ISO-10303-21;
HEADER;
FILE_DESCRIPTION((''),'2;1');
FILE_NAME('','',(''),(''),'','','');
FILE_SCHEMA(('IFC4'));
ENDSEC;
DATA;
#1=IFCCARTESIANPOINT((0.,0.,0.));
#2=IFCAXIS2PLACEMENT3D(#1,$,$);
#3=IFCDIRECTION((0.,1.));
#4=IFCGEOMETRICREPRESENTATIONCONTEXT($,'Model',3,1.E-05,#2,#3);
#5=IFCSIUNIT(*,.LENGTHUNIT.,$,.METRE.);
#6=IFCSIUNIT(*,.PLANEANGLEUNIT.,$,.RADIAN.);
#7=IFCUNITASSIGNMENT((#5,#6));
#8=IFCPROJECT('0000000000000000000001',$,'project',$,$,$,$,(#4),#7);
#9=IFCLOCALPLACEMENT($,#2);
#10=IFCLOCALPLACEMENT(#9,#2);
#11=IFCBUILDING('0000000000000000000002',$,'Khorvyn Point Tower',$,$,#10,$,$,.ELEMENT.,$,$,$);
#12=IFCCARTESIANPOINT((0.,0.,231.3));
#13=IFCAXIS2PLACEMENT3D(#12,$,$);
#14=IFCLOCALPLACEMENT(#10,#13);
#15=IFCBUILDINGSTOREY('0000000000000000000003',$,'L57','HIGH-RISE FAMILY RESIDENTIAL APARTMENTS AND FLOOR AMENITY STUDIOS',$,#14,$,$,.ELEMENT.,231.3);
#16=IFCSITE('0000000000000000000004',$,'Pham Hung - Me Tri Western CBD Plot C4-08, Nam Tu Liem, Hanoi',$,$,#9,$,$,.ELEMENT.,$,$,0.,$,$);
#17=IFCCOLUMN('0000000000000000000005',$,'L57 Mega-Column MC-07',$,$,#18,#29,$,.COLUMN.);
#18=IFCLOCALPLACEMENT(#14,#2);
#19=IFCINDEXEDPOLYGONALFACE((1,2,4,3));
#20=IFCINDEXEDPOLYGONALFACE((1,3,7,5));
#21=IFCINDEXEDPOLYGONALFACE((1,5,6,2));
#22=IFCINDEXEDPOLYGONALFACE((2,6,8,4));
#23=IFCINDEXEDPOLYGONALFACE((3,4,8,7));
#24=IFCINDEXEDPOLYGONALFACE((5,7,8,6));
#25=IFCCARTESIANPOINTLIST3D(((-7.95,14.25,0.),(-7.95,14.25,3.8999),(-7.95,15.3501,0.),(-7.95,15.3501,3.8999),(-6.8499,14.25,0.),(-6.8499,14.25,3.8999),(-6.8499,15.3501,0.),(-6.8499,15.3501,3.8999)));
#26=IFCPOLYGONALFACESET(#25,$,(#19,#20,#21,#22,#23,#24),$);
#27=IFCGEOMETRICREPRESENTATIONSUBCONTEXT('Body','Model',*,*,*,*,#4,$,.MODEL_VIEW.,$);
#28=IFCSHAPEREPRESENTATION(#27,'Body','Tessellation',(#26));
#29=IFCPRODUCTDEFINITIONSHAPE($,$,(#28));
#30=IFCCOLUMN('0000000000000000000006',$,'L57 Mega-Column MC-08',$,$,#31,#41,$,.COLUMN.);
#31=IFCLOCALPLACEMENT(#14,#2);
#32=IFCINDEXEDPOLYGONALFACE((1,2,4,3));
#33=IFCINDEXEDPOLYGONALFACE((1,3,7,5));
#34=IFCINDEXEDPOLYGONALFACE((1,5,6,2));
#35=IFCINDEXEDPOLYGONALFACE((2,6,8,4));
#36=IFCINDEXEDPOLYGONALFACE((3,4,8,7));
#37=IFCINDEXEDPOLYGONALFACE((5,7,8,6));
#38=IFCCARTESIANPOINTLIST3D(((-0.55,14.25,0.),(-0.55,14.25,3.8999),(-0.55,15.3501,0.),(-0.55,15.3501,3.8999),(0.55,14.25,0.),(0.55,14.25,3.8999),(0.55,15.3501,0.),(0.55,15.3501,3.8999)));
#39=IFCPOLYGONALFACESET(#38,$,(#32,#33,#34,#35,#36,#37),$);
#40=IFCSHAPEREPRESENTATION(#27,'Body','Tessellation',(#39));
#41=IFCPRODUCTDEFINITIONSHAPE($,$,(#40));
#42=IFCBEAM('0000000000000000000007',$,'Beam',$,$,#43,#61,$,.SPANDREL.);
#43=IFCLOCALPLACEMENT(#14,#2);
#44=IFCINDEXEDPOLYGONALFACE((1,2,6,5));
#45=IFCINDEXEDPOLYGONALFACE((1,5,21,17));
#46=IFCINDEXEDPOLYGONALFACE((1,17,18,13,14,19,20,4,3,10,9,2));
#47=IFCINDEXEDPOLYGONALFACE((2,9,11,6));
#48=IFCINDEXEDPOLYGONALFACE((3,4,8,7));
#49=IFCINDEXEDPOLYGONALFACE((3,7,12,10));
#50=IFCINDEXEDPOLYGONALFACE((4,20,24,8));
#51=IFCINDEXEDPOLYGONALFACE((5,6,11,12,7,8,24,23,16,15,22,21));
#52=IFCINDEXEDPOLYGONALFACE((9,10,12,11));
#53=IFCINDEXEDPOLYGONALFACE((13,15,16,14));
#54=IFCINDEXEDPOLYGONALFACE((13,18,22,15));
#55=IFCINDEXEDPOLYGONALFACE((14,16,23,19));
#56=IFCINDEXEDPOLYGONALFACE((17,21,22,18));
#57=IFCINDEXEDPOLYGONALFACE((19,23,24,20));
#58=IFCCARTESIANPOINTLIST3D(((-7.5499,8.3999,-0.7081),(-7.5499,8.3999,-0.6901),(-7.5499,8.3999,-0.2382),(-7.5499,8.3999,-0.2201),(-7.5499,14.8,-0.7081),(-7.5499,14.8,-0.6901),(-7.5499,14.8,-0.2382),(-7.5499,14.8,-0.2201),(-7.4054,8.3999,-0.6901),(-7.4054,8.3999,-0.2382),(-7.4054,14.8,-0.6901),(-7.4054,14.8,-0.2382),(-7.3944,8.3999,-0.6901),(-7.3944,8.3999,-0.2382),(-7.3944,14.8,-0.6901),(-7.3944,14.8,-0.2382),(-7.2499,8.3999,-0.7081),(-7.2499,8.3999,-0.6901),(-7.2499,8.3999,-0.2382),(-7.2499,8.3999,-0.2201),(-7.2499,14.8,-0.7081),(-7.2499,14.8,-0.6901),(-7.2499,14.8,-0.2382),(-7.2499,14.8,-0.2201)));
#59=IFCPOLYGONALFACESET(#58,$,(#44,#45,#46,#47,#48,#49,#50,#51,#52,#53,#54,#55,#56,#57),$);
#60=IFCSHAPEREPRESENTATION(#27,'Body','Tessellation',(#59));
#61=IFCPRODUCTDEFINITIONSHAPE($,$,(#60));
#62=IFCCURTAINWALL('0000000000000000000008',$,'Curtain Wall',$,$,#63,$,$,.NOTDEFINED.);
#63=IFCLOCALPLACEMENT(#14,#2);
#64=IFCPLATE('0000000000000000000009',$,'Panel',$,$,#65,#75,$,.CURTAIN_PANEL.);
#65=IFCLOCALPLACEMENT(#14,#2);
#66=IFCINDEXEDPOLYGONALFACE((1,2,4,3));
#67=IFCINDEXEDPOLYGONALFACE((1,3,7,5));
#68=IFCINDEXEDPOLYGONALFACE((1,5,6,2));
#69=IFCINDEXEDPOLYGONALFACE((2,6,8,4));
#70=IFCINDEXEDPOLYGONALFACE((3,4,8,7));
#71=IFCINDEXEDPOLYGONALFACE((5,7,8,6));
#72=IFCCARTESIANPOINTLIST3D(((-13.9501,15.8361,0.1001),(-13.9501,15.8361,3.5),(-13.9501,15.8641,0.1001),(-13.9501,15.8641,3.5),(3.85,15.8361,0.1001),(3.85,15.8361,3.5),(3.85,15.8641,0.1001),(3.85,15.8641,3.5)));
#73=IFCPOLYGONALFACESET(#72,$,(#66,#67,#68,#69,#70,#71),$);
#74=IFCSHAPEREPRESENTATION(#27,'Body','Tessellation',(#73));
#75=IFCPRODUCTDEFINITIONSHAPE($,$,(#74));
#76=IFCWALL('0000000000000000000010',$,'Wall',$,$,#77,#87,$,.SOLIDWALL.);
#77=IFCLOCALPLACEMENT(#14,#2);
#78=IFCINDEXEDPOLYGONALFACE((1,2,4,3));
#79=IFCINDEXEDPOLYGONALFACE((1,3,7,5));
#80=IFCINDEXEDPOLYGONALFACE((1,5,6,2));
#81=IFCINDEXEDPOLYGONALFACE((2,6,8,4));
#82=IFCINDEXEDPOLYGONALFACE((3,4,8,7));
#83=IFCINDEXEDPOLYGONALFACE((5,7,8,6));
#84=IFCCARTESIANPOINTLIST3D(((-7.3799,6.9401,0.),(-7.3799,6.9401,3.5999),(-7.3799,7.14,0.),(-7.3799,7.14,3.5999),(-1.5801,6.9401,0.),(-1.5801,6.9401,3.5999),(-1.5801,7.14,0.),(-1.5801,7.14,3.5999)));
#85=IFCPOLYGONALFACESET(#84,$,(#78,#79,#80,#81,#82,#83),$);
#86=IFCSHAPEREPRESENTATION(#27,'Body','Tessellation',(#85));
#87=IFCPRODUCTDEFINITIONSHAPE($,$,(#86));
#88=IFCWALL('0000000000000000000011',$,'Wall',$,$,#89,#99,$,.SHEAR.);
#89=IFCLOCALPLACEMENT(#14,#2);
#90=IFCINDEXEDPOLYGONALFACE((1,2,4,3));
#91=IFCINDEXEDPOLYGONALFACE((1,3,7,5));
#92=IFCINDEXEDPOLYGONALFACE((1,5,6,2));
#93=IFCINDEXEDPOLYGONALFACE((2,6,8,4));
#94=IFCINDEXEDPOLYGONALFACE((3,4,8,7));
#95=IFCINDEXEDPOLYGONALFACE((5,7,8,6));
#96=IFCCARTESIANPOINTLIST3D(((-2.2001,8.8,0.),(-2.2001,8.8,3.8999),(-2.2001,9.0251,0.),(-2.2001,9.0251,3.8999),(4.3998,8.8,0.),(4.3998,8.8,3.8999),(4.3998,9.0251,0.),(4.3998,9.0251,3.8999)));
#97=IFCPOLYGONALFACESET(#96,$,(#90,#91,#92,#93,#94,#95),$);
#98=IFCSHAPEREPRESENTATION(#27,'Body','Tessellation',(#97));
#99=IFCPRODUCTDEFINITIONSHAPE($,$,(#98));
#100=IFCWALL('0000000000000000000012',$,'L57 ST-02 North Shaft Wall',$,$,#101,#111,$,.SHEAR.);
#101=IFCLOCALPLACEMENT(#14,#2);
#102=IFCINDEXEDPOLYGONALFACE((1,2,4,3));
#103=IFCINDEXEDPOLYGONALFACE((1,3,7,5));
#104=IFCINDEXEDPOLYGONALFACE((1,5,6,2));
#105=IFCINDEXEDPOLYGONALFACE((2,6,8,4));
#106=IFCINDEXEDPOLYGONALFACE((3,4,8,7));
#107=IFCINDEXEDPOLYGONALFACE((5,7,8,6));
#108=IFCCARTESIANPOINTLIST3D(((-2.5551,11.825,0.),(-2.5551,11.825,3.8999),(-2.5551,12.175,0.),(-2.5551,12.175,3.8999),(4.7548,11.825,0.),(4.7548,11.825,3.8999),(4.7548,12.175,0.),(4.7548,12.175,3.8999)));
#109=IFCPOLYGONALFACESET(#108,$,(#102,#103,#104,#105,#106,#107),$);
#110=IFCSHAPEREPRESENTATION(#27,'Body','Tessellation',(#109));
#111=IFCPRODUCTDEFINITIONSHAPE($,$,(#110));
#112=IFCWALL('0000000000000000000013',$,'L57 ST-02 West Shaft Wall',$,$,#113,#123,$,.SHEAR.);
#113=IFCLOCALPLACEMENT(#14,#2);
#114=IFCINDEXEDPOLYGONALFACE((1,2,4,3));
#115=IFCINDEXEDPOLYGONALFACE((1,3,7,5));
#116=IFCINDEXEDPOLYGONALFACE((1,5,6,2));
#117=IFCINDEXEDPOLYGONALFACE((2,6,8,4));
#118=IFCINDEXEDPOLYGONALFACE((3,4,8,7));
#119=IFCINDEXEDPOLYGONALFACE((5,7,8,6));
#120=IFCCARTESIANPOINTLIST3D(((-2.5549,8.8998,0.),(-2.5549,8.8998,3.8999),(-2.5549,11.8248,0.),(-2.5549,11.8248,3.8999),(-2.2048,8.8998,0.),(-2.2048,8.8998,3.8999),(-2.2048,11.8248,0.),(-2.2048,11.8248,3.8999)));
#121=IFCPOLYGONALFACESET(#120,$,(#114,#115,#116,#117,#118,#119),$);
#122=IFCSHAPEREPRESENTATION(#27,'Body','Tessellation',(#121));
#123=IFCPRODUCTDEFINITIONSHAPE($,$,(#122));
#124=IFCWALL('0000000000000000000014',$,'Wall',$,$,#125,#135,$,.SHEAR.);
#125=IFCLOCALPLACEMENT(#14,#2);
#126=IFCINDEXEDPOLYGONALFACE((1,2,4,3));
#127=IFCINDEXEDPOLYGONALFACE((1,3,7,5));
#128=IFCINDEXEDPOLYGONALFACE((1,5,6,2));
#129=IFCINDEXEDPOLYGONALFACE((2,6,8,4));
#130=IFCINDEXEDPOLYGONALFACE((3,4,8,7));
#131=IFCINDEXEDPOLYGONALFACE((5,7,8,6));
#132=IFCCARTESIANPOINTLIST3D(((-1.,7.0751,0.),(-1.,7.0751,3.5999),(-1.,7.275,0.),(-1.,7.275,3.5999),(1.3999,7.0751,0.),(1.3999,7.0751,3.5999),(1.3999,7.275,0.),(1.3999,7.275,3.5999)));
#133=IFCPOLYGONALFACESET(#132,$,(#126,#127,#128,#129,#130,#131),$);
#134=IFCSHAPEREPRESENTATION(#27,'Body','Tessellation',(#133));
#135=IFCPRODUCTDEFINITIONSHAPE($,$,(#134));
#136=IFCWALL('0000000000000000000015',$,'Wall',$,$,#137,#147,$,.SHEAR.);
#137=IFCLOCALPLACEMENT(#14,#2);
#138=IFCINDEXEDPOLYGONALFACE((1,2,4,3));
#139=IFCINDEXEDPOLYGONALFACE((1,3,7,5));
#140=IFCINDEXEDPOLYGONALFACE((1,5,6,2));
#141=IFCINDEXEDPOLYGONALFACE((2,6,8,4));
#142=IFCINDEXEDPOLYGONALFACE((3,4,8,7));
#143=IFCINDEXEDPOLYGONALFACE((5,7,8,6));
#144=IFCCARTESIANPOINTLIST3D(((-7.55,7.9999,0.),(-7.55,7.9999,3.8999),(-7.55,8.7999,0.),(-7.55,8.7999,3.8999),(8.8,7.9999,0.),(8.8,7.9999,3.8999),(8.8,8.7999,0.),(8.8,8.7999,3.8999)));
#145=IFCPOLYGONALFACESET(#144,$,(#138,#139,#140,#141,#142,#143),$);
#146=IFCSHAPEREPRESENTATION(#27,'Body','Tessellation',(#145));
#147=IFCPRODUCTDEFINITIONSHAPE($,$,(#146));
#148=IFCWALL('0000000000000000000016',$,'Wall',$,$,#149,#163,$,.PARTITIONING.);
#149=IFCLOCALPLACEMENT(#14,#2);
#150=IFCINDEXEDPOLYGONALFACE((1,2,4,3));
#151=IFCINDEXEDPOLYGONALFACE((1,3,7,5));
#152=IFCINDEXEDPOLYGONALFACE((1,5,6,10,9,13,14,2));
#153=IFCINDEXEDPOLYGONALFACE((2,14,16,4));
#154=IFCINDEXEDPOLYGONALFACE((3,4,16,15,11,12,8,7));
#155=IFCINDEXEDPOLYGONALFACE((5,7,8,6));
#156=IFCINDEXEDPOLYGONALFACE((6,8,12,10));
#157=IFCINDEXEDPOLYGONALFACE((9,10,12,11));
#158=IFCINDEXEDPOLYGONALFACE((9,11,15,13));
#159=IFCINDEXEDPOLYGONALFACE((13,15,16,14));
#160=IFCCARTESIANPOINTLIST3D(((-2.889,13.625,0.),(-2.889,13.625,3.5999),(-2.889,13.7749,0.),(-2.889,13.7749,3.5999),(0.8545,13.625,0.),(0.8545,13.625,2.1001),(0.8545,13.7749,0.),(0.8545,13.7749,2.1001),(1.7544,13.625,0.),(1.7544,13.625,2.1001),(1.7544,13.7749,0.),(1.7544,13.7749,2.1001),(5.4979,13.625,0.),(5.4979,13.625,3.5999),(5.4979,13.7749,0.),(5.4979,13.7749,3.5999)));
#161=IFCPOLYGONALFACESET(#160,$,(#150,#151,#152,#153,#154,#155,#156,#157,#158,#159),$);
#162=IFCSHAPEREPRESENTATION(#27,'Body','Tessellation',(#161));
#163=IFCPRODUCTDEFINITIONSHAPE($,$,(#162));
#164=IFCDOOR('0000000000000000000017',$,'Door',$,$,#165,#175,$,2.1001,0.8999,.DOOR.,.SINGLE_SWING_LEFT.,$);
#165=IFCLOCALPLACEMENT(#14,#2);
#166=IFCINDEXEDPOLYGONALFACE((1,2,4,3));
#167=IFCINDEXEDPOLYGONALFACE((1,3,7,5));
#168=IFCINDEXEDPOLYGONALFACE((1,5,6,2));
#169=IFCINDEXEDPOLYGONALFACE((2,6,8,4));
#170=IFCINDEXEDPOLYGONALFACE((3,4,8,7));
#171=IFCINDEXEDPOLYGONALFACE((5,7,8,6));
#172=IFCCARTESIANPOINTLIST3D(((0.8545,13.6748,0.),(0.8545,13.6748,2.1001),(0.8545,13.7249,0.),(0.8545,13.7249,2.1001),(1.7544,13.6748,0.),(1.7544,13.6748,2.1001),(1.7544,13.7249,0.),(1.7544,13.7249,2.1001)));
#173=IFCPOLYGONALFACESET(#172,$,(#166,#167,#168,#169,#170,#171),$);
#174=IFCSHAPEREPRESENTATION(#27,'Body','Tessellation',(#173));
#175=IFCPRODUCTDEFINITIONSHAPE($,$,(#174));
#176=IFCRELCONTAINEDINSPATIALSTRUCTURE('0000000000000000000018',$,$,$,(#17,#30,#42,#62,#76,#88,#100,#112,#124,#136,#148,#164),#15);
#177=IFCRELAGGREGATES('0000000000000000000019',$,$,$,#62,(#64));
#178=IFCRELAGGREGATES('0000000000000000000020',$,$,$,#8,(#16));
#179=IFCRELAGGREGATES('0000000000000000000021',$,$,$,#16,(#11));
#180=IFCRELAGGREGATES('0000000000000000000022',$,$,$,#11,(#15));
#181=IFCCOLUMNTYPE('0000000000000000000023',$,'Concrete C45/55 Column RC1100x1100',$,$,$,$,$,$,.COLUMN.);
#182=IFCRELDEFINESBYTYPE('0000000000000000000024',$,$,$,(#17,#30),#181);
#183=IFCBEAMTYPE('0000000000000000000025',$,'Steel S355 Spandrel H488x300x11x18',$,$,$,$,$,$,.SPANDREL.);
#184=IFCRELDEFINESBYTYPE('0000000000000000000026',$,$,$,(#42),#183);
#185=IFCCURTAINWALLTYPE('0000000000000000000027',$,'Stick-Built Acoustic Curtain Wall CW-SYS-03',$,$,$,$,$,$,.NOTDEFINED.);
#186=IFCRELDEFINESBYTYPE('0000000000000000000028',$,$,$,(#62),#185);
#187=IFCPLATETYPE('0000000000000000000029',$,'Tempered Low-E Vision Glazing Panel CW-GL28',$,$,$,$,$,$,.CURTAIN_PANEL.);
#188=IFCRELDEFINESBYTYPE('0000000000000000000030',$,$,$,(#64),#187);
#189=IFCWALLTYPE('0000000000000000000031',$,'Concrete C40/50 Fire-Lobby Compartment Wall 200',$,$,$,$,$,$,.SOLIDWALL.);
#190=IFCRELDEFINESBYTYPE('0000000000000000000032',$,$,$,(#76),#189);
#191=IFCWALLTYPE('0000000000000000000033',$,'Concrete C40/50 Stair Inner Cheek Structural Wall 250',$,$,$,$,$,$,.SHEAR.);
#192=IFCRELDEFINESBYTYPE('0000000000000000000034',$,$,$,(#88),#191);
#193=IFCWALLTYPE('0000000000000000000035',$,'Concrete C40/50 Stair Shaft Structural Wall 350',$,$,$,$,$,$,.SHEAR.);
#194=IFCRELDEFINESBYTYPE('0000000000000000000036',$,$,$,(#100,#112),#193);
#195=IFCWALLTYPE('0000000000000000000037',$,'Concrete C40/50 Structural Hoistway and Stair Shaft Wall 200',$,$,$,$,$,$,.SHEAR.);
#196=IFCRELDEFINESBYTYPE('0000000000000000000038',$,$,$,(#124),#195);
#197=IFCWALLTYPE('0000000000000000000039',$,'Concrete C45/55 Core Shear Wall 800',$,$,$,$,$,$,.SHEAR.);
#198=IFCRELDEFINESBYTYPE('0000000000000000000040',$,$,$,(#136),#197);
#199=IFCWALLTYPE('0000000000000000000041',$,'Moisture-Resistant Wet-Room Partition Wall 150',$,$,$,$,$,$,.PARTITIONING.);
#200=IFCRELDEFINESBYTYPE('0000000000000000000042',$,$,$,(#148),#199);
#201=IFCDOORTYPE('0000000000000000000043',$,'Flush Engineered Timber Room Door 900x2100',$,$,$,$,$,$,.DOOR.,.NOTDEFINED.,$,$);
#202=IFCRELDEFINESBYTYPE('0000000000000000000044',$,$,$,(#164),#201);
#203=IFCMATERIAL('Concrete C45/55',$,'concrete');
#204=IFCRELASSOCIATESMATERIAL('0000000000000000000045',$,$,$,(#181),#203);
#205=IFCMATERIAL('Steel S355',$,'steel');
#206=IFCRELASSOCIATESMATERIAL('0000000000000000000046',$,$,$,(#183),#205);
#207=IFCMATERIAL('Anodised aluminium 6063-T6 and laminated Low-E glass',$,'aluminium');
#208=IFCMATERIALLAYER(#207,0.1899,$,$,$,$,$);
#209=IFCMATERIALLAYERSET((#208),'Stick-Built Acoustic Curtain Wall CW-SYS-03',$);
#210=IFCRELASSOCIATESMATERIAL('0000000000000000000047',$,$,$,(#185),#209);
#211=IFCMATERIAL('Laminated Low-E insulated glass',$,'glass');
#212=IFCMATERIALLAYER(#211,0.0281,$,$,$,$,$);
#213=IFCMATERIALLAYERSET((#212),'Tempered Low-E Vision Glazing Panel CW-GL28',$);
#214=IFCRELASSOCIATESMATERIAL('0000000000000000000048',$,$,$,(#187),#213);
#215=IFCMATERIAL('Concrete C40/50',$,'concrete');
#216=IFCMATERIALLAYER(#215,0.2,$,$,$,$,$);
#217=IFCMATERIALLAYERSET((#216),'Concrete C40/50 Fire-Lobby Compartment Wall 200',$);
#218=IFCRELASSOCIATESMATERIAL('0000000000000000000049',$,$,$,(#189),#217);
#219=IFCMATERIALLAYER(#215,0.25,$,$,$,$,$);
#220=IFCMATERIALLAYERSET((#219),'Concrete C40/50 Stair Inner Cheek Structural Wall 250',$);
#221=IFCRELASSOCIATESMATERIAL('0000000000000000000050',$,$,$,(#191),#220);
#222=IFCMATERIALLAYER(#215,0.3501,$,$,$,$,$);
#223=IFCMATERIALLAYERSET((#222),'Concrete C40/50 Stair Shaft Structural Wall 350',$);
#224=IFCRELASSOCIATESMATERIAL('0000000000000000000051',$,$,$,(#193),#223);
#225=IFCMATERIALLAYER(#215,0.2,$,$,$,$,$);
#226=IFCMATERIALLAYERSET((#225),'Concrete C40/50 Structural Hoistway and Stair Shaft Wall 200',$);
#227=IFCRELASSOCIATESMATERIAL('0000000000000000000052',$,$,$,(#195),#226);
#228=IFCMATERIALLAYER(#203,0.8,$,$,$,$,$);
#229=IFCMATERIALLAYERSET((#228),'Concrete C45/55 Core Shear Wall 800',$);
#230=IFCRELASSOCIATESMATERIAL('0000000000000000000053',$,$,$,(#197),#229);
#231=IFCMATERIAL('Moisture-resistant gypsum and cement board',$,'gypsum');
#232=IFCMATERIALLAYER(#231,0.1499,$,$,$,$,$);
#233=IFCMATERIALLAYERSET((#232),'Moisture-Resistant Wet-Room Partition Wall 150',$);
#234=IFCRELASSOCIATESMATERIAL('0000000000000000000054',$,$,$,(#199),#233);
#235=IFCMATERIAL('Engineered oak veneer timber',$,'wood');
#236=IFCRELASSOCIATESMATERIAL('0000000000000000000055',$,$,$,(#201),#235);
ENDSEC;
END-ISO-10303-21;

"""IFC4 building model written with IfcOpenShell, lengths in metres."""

from ifc_helpers import new_model, si_unit, direction, frame, frame_2d, origin, origin_2d, place, context, subcontext, project, spatial, rectangle, i_section, extrude, material, layer, layer_set, material_profile, profile_set, type_object, element, fill, aggregate, save


model = new_model("IFC4")

# Units and contexts
model_context = context("Model", 3, precision=1e-05, world=origin(), true_north=direction((0.0, 1.0)))
body_context = subcontext(model_context, "Body", "Model", "MODEL_VIEW")
ifc_project = project(units=[si_unit("LENGTHUNIT", "METRE"), si_unit("PLANEANGLEUNIT", "RADIAN")], contexts=[model_context])

# Site, building, storey
site_placement = place(None, origin())
site = spatial("IfcSite", under=ifc_project, at=site_placement, Name="Pham Hung - Me Tri Western CBD Plot C4-08, Nam Tu Liem, Hanoi", CompositionType="ELEMENT", RefElevation=0.0)
building_placement = place(site_placement, origin())
building = spatial("IfcBuilding", under=site, at=building_placement, Name="Khorvyn Point Tower", CompositionType="ELEMENT")
storey_placement = place(building_placement, frame((0.0, 0.0, 231.3)))
storey = spatial("IfcBuildingStorey", under=building, at=storey_placement, Name="L57", Description="HIGH-RISE FAMILY RESIDENTIAL APARTMENTS AND FLOOR AMENITY STUDIOS", CompositionType="ELEMENT", Elevation=231.3)

# Columns
ifc_material_1 = material(Name="Concrete C45/55", Category="concrete")
ifc_material_profile_1 = material_profile(ifc_material_1, rectangle(XDim=1.1001, YDim=1.1001, at=origin_2d()))
ifc_profile_set_1 = profile_set([ifc_material_profile_1], Name="Concrete C45/55 RC1100x1100")
column_type = type_object("IfcColumnType", Name="Concrete C45/55 Column RC1100x1100", PredefinedType="COLUMN", material=ifc_profile_set_1)
for number, where, z_axis, x_axis, name in (
    (1, (-7.3999, 14.8, 0.0), (0.0, 0.0, 1.0), (1.0, 0.0, 0.0), "L57 Mega-Column MC-07"),
    (2, (0.0, 14.8, 0.0), (0.0, 0.0, 1.0), (1.0, 0.0, 0.0), "L57 Mega-Column MC-08"),
):
    element("IfcColumn", number, at=place(storey_placement, frame(where, z_axis=z_axis, x_axis=x_axis)), inside=storey, type_object=column_type, Name=name, PredefinedType="COLUMN", context=body_context, shape_type="SweptSolid", body=[
        extrude(rectangle(XDim=1.1001, YDim=1.1001, at=origin_2d()), origin(), (0.0, 0.0, 1.0), 3.8999),
    ])

# Beam
ifc_material_2 = material(Name="Steel S355", Category="steel")
ifc_material_profile_2 = material_profile(ifc_material_2, i_section(OverallWidth=0.3, OverallDepth=0.488, WebThickness=0.011, FlangeThickness=0.0181, at=origin_2d()))
ifc_profile_set_2 = profile_set([ifc_material_profile_2], Name="Steel S355 H488x300x11x18")
beam_type = type_object("IfcBeamType", Name="Steel S355 Spandrel H488x300x11x18", PredefinedType="SPANDREL", material=ifc_profile_set_2)
beam_placement = place(storey_placement, frame((-7.3999, 8.3999, -0.4641), z_axis=(0.0, 1.0, 0.0), x_axis=(-1.0, 0.0, 0.0)))
element("IfcBeam", 3, at=beam_placement, inside=storey, type_object=beam_type, Name="Beam", PredefinedType="SPANDREL", context=body_context, shape_type="SweptSolid", body=[
    extrude(i_section(OverallWidth=0.3, OverallDepth=0.488, WebThickness=0.011, FlangeThickness=0.0181, at=origin_2d()), origin(), (0.0, 0.0, 1.0), 6.4001),
])

# Curtain wall, plate
ifc_material_3 = material(Name="Anodised aluminium 6063-T6 and laminated Low-E glass", Category="aluminium")
ifc_layer_1 = layer(ifc_material_3, 0.1899)
ifc_layer_set_1 = layer_set([ifc_layer_1], Name="Stick-Built Acoustic Curtain Wall CW-SYS-03")
curtain_wall_type = type_object("IfcCurtainWallType", Name="Stick-Built Acoustic Curtain Wall CW-SYS-03", PredefinedType="NOTDEFINED", material=ifc_layer_set_1)
curtain_wall_placement = place(storey_placement, origin())
curtain_wall = element("IfcCurtainWall", 4, at=curtain_wall_placement, inside=storey, type_object=curtain_wall_type, Name="Curtain Wall", PredefinedType="NOTDEFINED")
ifc_material_4 = material(Name="Laminated Low-E insulated glass", Category="glass")
ifc_layer_2 = layer(ifc_material_4, 0.0281)
ifc_layer_set_2 = layer_set([ifc_layer_2], Name="Tempered Low-E Vision Glazing Panel CW-GL28")
plate_type = type_object("IfcPlateType", Name="Tempered Low-E Vision Glazing Panel CW-GL28", PredefinedType="CURTAIN_PANEL", material=ifc_layer_set_2)
plate_placement = place(storey_placement, frame((-5.05, 15.8501, 0.1001), z_axis=(0.0, 0.0, 1.0), x_axis=(1.0, 0.0, 0.0)))
plate = element("IfcPlate", 5, at=plate_placement, type_object=plate_type, Name="Panel", PredefinedType="CURTAIN_PANEL", context=body_context, shape_type="SweptSolid", body=[
    extrude(rectangle(XDim=17.8, YDim=0.0281, at=origin_2d()), origin(), (0.0, 0.0, 1.0), 3.3999),
])
aggregate(curtain_wall, [plate])

# Shared definitions
ifc_material_5 = material(Name="Concrete C40/50", Category="concrete")
ifc_layer_3 = layer(ifc_material_5, 0.2)
ifc_layer_set_3 = layer_set([ifc_layer_3], Name="Concrete C40/50 Fire-Lobby Compartment Wall 200")
wall_type_1 = type_object("IfcWallType", Name="Concrete C40/50 Fire-Lobby Compartment Wall 200", PredefinedType="SOLIDWALL", material=ifc_layer_set_3)

# Walls
wall_1_placement = place(storey_placement, frame((-7.3799, 7.04, 0.0), z_axis=(0.0, 0.0, 1.0), x_axis=(1.0, 0.0, 0.0)))
element("IfcWall", 6, at=wall_1_placement, inside=storey, type_object=wall_type_1, Name="Wall", PredefinedType="SOLIDWALL", context=body_context, shape_type="SweptSolid", body=[
    extrude(rectangle(XDim=5.7998, YDim=0.2, at=frame_2d((2.8999, 0.0))), origin(), (0.0, 0.0, 1.0), 3.5999),
])
ifc_layer_4 = layer(ifc_material_5, 0.25)
ifc_layer_set_4 = layer_set([ifc_layer_4], Name="Concrete C40/50 Stair Inner Cheek Structural Wall 250")
wall_type_2 = type_object("IfcWallType", Name="Concrete C40/50 Stair Inner Cheek Structural Wall 250", PredefinedType="SHEAR", material=ifc_layer_set_4)
wall_2_placement = place(storey_placement, frame((-2.2, 8.9126, 0.0), z_axis=(0.0, 0.0, 1.0), x_axis=(1.0, 0.0, 0.0)))
element("IfcWall", 7, at=wall_2_placement, inside=storey, type_object=wall_type_2, Name="Wall", PredefinedType="SHEAR", context=body_context, shape_type="SweptSolid", body=[
    extrude(rectangle(XDim=6.5999, YDim=0.2251, at=frame_2d((3.2998, 0.0))), origin(), (0.0, 0.0, 1.0), 3.8999),
])
ifc_layer_5 = layer(ifc_material_5, 0.3501)
ifc_layer_set_5 = layer_set([ifc_layer_5], Name="Concrete C40/50 Stair Shaft Structural Wall 350")
wall_type_3 = type_object("IfcWallType", Name="Concrete C40/50 Stair Shaft Structural Wall 350", PredefinedType="SHEAR", material=ifc_layer_set_5)
wall_3_placement = place(storey_placement, frame((-2.5549, 12.0, 0.0), z_axis=(0.0, 0.0, 1.0), x_axis=(1.0, 0.0, 0.0)))
element("IfcWall", 8, at=wall_3_placement, inside=storey, type_object=wall_type_3, Name="L57 ST-02 North Shaft Wall", PredefinedType="SHEAR", context=body_context, shape_type="SweptSolid", body=[
    extrude(rectangle(XDim=7.3098, YDim=0.3501, at=frame_2d((3.6548, 0.0))), origin(), (0.0, 0.0, 1.0), 3.8999),
])
wall_4_placement = place(storey_placement, frame((-2.3799, 8.8999, 0.0), z_axis=(0.0, 0.0, 1.0), x_axis=(0.0, 1.0, 0.0)))
element("IfcWall", 9, at=wall_4_placement, inside=storey, type_object=wall_type_3, Name="L57 ST-02 West Shaft Wall", PredefinedType="SHEAR", context=body_context, shape_type="SweptSolid", body=[
    extrude(rectangle(XDim=2.925, YDim=0.3501, at=frame_2d((1.4624, 0.0))), origin(), (0.0, 0.0, 1.0), 3.8999),
])
ifc_layer_6 = layer(ifc_material_5, 0.2)
ifc_layer_set_6 = layer_set([ifc_layer_6], Name="Concrete C40/50 Structural Hoistway and Stair Shaft Wall 200")
wall_type_4 = type_object("IfcWallType", Name="Concrete C40/50 Structural Hoistway and Stair Shaft Wall 200", PredefinedType="SHEAR", material=ifc_layer_set_6)
wall_5_placement = place(storey_placement, frame((-1.0, 7.175, 0.0), z_axis=(0.0, 0.0, 1.0), x_axis=(1.0, 0.0, 0.0)))
element("IfcWall", 10, at=wall_5_placement, inside=storey, type_object=wall_type_4, Name="Wall", PredefinedType="SHEAR", context=body_context, shape_type="SweptSolid", body=[
    extrude(rectangle(XDim=2.3999, YDim=0.2, at=frame_2d((1.2, 0.0))), origin(), (0.0, 0.0, 1.0), 3.5999),
])
ifc_layer_7 = layer(ifc_material_1, 0.8)
ifc_layer_set_7 = layer_set([ifc_layer_7], Name="Concrete C45/55 Core Shear Wall 800")
wall_type_5 = type_object("IfcWallType", Name="Concrete C45/55 Core Shear Wall 800", PredefinedType="SHEAR", material=ifc_layer_set_7)
wall_6_placement = place(storey_placement, frame((-7.55, 8.3999, 0.0), z_axis=(0.0, 0.0, 1.0), x_axis=(1.0, 0.0, 0.0)))
element("IfcWall", 11, at=wall_6_placement, inside=storey, type_object=wall_type_5, Name="Wall", PredefinedType="SHEAR", context=body_context, shape_type="SweptSolid", body=[
    extrude(rectangle(XDim=16.3501, YDim=0.8, at=frame_2d((8.175, 0.0))), origin(), (0.0, 0.0, 1.0), 3.8999),
])

# Wall, opening, door
ifc_material_6 = material(Name="Moisture-resistant gypsum and cement board", Category="gypsum")
ifc_layer_8 = layer(ifc_material_6, 0.1499)
ifc_layer_set_8 = layer_set([ifc_layer_8], Name="Moisture-Resistant Wet-Room Partition Wall 150")
wall_type_6 = type_object("IfcWallType", Name="Moisture-Resistant Wet-Room Partition Wall 150", PredefinedType="PARTITIONING", material=ifc_layer_set_8)
wall_7_placement = place(storey_placement, frame((-2.8889, 13.7, 0.0), z_axis=(0.0, 0.0, 1.0), x_axis=(1.0, 0.0, 0.0)))
wall_7 = element("IfcWall", 12, at=wall_7_placement, inside=storey, type_object=wall_type_6, Name="Wall", PredefinedType="PARTITIONING", context=body_context, shape_type="SweptSolid", body=[
    extrude(rectangle(XDim=8.387, YDim=0.1499, at=frame_2d((4.1934, 0.0))), origin(), (0.0, 0.0, 1.0), 3.5999),
])
opening_1_placement = place(wall_7_placement, frame((3.7434, 0.0, 0.0)))
opening_1 = element("IfcOpeningElement", 13, at=opening_1_placement, cuts=wall_7, PredefinedType="OPENING", context=body_context, shape_type="SweptSolid", body=[
    extrude(rectangle(XDim=0.8999, YDim=2.1001, at=frame_2d((0.45, 1.05))), frame((0.0, 0.085, 0.0), z_axis=(0.0, -1.0, 0.0), x_axis=(1.0, 0.0, 0.0)), (0.0, 0.0, 1.0), 0.1699),
])
ifc_material_7 = material(Name="Engineered oak veneer timber", Category="wood")
door_type_1 = type_object("IfcDoorType", Name="Flush Engineered Timber Room Door 900x2100", OperationType="NOTDEFINED", PredefinedType="DOOR", material=ifc_material_7)
door_1_placement = place(opening_1_placement, origin())
door_1 = element("IfcDoor", 14, at=door_1_placement, inside=storey, type_object=door_type_1, Name="Door", OperationType="SINGLE_SWING_LEFT", OverallHeight=2.1001, OverallWidth=0.8999, PredefinedType="DOOR", context=body_context, shape_type="SweptSolid", body=[
    extrude(rectangle(XDim=0.8999, YDim=2.1001, at=frame_2d((0.45, 1.05))), frame((0.0, 0.0249, 0.0), z_axis=(0.0, -1.0, 0.0), x_axis=(1.0, 0.0, 0.0)), (0.0, 0.0, 1.0), 0.05),
])
fill(opening_1, door_1)

save(model, "model.ifc")
